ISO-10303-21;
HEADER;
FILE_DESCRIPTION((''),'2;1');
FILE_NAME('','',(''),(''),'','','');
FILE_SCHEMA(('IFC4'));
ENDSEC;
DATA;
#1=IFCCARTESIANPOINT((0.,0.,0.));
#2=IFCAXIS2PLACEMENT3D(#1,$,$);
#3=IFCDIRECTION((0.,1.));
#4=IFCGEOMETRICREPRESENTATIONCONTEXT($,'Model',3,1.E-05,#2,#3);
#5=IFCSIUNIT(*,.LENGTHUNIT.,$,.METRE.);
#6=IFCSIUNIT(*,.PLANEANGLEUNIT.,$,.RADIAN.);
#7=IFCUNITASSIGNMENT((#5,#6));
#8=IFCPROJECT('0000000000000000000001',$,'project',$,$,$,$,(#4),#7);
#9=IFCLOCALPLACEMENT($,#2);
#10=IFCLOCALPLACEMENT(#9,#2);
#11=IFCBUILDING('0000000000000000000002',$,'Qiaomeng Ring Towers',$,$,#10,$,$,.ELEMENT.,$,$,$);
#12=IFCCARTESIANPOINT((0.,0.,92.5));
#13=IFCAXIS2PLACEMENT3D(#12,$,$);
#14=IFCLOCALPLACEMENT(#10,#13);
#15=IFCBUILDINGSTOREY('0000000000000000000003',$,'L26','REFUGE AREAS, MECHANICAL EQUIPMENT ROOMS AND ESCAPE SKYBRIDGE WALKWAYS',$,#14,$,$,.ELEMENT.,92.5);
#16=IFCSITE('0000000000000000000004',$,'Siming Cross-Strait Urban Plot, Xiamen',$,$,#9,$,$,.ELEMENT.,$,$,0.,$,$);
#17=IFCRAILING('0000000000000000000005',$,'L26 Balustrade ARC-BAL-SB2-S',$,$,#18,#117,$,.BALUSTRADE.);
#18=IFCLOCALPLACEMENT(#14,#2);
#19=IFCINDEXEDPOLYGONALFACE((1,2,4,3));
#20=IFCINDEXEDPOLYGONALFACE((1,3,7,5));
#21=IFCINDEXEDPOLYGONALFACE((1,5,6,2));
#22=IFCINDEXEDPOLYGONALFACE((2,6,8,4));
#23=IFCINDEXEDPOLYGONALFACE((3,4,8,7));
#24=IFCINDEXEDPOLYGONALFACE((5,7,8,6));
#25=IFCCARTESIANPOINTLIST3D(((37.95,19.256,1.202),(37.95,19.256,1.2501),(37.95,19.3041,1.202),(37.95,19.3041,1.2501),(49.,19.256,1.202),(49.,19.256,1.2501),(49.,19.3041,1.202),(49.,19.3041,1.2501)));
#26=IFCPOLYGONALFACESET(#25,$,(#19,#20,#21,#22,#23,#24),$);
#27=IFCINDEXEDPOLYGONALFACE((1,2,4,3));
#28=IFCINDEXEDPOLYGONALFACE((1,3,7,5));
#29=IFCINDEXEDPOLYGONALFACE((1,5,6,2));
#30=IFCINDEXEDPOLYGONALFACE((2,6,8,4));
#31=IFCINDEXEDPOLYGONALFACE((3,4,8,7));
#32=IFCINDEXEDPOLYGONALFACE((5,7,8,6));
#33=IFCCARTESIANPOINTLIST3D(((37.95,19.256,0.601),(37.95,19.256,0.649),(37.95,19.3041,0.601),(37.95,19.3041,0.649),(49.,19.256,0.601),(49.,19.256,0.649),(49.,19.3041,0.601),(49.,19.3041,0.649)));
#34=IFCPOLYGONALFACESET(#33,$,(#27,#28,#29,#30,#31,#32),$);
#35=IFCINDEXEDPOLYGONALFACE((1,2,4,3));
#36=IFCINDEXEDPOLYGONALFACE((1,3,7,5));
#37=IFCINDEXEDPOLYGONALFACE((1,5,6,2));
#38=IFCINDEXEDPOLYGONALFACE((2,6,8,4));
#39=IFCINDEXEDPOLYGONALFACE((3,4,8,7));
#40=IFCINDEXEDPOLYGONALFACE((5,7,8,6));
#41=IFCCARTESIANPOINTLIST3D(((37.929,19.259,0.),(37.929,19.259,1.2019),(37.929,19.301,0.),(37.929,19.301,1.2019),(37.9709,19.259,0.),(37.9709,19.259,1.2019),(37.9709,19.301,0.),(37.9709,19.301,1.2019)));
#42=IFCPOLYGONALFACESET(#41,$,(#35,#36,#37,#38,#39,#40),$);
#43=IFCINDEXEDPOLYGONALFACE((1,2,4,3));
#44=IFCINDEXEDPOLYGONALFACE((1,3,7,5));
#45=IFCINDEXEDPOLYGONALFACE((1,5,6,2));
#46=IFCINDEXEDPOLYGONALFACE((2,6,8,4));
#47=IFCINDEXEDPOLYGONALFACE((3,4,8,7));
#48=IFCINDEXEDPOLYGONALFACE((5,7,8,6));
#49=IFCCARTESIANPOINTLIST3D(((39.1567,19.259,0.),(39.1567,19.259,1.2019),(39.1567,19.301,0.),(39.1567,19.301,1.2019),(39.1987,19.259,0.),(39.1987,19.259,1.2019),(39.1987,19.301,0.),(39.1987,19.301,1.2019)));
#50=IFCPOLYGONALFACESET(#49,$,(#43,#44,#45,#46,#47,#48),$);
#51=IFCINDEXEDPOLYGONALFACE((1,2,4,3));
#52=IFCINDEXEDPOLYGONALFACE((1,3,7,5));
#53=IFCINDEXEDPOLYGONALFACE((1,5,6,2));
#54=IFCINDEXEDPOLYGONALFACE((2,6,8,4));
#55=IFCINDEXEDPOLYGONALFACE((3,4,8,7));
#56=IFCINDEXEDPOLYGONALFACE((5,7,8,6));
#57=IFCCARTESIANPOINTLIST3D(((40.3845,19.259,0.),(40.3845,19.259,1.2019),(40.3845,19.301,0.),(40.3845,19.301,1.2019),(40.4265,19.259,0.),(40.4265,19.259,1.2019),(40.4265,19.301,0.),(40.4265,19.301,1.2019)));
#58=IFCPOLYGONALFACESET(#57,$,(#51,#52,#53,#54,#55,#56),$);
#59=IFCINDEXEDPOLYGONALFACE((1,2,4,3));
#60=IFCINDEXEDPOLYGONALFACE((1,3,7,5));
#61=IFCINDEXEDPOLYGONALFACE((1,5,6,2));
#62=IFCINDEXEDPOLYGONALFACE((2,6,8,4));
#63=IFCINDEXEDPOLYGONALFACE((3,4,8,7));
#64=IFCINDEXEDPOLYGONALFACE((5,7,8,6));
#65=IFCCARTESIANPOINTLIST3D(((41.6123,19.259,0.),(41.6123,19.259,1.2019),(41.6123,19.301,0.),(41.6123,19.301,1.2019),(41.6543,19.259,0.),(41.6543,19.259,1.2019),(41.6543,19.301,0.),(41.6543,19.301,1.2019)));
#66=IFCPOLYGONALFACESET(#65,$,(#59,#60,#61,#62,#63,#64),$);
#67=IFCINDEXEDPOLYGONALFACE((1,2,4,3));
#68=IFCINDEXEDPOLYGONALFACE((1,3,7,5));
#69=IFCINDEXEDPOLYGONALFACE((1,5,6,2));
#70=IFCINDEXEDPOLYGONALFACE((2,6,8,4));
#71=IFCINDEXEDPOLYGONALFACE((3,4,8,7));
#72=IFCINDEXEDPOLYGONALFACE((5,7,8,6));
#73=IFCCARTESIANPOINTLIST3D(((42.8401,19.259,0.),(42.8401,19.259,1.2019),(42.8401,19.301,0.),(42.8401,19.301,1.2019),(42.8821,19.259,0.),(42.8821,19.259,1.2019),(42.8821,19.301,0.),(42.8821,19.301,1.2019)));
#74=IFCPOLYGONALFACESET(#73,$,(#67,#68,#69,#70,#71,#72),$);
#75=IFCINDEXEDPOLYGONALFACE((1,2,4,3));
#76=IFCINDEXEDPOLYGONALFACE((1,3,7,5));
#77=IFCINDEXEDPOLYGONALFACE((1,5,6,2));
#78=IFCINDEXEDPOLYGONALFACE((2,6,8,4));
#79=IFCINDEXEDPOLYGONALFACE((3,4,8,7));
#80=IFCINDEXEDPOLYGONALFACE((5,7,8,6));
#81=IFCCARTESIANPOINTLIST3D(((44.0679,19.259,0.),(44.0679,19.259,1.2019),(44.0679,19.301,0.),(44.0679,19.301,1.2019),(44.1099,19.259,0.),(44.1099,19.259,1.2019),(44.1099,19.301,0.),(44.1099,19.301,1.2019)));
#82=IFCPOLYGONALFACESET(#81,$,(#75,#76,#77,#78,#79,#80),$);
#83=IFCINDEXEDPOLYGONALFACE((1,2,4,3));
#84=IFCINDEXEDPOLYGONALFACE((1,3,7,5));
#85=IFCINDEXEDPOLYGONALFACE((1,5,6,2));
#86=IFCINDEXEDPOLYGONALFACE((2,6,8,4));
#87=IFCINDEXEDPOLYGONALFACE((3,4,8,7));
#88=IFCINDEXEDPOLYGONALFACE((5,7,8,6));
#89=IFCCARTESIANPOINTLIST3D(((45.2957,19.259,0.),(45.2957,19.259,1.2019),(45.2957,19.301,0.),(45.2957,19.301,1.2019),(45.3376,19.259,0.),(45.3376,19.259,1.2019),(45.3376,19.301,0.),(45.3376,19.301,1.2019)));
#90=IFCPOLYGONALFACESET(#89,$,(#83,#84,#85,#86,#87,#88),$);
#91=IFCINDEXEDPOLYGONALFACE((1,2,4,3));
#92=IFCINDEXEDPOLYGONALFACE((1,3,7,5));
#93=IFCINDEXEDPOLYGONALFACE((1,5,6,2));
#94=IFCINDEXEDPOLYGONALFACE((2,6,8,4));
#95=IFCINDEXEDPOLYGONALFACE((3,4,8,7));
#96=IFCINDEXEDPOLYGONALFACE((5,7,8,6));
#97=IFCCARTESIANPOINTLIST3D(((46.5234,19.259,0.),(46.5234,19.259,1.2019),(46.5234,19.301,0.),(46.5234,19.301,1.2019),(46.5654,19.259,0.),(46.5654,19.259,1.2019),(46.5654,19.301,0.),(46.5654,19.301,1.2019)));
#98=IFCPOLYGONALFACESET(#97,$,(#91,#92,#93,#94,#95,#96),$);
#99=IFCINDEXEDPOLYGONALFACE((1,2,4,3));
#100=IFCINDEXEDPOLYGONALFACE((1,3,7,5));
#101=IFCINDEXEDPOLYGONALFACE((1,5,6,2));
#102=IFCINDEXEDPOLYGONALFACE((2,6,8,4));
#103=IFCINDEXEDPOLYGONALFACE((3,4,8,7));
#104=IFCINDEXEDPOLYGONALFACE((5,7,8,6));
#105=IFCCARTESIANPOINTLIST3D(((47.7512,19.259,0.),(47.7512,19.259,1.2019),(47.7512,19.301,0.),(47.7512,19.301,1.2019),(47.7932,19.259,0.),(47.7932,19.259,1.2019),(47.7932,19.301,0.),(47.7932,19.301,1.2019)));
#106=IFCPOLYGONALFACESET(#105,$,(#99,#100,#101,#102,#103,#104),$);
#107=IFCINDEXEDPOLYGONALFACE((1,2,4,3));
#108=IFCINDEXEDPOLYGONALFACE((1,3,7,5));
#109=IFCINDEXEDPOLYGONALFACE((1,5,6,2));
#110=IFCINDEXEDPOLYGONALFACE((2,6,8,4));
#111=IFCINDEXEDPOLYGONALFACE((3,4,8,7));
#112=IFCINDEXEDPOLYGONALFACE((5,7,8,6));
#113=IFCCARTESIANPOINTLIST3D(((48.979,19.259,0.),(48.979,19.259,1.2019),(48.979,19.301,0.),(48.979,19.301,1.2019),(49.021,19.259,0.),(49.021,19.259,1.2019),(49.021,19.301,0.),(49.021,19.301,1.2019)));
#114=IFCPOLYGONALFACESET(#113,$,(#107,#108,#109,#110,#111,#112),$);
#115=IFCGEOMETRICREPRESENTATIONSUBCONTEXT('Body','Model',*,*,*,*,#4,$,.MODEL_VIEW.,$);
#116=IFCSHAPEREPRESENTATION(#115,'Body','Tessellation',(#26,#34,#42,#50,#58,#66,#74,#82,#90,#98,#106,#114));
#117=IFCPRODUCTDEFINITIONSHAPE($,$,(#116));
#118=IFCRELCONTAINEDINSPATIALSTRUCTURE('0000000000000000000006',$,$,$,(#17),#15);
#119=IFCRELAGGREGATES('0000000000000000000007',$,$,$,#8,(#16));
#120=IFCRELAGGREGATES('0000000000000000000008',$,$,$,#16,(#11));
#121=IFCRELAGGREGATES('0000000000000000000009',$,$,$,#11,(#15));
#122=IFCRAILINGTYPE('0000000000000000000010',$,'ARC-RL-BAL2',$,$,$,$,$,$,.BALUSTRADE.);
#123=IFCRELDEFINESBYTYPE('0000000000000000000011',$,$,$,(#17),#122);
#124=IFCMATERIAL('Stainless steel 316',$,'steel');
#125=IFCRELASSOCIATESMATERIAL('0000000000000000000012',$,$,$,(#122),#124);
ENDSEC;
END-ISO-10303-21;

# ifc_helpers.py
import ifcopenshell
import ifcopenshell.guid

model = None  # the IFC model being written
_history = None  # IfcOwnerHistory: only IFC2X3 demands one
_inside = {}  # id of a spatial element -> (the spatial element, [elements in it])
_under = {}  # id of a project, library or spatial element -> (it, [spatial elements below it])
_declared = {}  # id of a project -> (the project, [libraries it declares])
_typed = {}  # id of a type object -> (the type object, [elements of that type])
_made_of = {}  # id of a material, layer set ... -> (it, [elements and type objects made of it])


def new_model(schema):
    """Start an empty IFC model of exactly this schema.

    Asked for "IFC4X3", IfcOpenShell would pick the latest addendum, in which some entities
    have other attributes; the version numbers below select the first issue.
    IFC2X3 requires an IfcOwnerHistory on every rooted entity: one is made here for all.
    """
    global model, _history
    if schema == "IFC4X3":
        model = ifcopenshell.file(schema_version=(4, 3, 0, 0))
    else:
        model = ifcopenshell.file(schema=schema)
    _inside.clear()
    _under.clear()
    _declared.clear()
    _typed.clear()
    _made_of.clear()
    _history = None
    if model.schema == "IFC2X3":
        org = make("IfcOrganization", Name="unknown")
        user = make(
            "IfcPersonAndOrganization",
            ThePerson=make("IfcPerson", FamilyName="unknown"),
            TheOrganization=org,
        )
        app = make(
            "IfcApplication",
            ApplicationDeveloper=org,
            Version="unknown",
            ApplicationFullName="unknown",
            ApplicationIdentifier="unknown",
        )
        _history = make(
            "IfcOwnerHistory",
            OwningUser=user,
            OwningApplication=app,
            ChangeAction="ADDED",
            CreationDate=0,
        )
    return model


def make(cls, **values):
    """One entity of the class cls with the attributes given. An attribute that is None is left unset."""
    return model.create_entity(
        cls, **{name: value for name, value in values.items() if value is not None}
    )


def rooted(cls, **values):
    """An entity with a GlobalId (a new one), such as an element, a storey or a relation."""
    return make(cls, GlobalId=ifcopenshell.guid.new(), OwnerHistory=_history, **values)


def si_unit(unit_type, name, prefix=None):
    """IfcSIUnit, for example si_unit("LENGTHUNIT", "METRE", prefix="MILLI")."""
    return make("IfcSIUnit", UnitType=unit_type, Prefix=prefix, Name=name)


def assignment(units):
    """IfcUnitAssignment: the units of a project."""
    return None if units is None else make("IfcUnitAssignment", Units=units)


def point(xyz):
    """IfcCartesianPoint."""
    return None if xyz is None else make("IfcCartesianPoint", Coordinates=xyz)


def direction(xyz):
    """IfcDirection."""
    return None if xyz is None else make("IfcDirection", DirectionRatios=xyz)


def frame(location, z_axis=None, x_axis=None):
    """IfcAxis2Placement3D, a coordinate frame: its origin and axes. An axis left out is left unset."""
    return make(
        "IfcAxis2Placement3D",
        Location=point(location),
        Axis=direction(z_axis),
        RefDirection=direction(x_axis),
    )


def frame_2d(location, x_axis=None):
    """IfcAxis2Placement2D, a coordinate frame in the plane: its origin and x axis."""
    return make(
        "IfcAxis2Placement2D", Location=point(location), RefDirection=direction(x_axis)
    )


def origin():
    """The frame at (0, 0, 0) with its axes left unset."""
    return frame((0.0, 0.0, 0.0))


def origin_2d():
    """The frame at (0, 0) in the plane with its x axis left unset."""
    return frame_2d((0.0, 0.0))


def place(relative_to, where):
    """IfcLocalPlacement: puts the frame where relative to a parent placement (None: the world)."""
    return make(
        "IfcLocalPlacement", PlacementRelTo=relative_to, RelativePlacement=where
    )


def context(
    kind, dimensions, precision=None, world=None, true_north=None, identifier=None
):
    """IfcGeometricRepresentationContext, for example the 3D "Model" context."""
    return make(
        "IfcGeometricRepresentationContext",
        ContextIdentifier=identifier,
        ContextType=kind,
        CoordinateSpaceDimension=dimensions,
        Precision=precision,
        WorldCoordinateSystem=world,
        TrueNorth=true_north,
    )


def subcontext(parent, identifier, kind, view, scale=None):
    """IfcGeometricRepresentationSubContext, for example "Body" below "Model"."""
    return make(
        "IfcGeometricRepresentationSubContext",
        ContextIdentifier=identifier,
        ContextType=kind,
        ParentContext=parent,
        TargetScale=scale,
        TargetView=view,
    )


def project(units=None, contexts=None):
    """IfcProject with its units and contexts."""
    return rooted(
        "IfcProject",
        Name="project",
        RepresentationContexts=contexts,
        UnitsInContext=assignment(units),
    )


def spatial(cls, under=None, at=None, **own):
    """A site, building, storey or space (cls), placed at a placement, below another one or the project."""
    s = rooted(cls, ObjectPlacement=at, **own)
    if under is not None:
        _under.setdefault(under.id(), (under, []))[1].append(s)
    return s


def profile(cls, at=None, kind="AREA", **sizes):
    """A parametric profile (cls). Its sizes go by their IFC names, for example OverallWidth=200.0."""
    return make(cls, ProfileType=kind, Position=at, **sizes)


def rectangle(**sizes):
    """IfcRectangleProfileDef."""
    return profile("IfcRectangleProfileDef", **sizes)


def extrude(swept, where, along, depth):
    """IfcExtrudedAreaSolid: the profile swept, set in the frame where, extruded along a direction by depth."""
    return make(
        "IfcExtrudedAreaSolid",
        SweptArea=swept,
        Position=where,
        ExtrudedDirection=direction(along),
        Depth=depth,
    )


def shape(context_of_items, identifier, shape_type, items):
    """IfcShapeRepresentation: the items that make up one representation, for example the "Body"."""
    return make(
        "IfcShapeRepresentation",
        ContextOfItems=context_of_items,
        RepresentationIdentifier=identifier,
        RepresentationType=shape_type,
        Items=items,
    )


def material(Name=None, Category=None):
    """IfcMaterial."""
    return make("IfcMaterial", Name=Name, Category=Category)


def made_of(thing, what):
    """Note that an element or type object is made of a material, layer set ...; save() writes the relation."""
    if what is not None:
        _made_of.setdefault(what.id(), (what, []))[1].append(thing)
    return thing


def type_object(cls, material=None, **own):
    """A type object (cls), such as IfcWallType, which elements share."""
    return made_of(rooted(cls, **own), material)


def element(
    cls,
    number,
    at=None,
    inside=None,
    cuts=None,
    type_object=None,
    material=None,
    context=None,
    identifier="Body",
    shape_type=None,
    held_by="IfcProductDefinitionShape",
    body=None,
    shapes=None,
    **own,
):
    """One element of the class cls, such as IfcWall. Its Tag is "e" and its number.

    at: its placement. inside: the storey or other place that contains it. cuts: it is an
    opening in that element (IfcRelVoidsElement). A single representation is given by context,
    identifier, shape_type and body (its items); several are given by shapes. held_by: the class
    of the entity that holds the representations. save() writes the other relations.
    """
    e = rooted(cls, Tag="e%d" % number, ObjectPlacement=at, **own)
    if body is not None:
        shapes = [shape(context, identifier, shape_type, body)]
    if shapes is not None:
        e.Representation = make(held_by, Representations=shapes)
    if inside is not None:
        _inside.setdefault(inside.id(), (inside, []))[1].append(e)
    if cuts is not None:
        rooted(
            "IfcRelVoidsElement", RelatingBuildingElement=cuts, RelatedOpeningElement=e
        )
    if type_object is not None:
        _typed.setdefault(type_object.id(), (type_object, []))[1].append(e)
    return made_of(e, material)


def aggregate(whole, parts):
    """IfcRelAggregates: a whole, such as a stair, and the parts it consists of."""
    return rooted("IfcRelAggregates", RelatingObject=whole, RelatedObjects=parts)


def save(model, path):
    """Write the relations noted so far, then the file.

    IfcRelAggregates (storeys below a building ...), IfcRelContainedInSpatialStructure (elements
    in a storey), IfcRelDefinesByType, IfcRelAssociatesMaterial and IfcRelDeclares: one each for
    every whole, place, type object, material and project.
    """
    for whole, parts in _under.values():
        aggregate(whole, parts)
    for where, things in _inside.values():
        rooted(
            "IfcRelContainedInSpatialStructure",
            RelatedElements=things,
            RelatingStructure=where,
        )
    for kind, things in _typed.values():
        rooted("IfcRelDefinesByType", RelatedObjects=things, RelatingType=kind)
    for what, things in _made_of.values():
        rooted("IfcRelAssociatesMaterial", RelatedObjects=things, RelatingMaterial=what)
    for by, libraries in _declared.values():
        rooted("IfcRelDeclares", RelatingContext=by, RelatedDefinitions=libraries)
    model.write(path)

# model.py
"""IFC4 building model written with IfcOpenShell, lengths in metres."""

from ifc_helpers import new_model, si_unit, direction, frame, origin, origin_2d, place, context, subcontext, project, spatial, rectangle, extrude, material, type_object, element, save


model = new_model("IFC4")

# Units and contexts
model_context = context("Model", 3, precision=1e-05, world=origin(), true_north=direction((0.0, 1.0)))
body_context = subcontext(model_context, "Body", "Model", "MODEL_VIEW")
ifc_project = project(units=[si_unit("LENGTHUNIT", "METRE"), si_unit("PLANEANGLEUNIT", "RADIAN")], contexts=[model_context])

# Site, building, storey
site_placement = place(None, origin())
site = spatial("IfcSite", under=ifc_project, at=site_placement, Name="Siming Cross-Strait Urban Plot, Xiamen", CompositionType="ELEMENT", RefElevation=0.0)
building_placement = place(site_placement, origin())
building = spatial("IfcBuilding", under=site, at=building_placement, Name="Qiaomeng Ring Towers", CompositionType="ELEMENT")
storey_placement = place(building_placement, frame((0.0, 0.0, 92.5)))
storey = spatial("IfcBuildingStorey", under=building, at=storey_placement, Name="L26", Description="REFUGE AREAS, MECHANICAL EQUIPMENT ROOMS AND ESCAPE SKYBRIDGE WALKWAYS", CompositionType="ELEMENT", Elevation=92.5)

# Railing
ifc_material_1 = material(Name="Stainless steel 316", Category="steel")
railing_type = type_object("IfcRailingType", Name="ARC-RL-BAL2", PredefinedType="BALUSTRADE", material=ifc_material_1)
railing_1_placement = place(storey_placement, frame((37.95, 19.28, 0.0)))
element("IfcRailing", 1, at=railing_1_placement, inside=storey, type_object=railing_type, Name="L26 Balustrade ARC-BAL-SB2-S", PredefinedType="BALUSTRADE", context=body_context, shape_type="SweptSolid", body=[
    extrude(rectangle(XDim=0.0481, YDim=0.0481, at=origin_2d()), frame((0.0, 0.0, 1.2261), z_axis=(1.0, 0.0, 0.0), x_axis=(0.0, 1.0, 0.0)), (0.0, 0.0, 1.0), 11.05),
    extrude(rectangle(XDim=0.0481, YDim=0.0481, at=origin_2d()), frame((0.0, 0.0, 0.625), z_axis=(1.0, 0.0, 0.0), x_axis=(0.0, 1.0, 0.0)), (0.0, 0.0, 1.0), 11.05),
    extrude(rectangle(XDim=0.042, YDim=0.042, at=origin_2d()), origin(), (0.0, 0.0, 1.0), 1.2019),
    extrude(rectangle(XDim=0.042, YDim=0.042, at=origin_2d()), frame((1.2278, 0.0, 0.0)), (0.0, 0.0, 1.0), 1.2019),
    extrude(rectangle(XDim=0.042, YDim=0.042, at=origin_2d()), frame((2.4556, 0.0, 0.0)), (0.0, 0.0, 1.0), 1.2019),
    extrude(rectangle(XDim=0.042, YDim=0.042, at=origin_2d()), frame((3.6833, 0.0, 0.0)), (0.0, 0.0, 1.0), 1.2019),
    extrude(rectangle(XDim=0.042, YDim=0.042, at=origin_2d()), frame((4.9111, 0.0, 0.0)), (0.0, 0.0, 1.0), 1.2019),
    extrude(rectangle(XDim=0.042, YDim=0.042, at=origin_2d()), frame((6.1389, 0.0, 0.0)), (0.0, 0.0, 1.0), 1.2019),
    extrude(rectangle(XDim=0.042, YDim=0.042, at=origin_2d()), frame((7.3667, 0.0, 0.0)), (0.0, 0.0, 1.0), 1.2019),
    extrude(rectangle(XDim=0.042, YDim=0.042, at=origin_2d()), frame((8.5945, 0.0, 0.0)), (0.0, 0.0, 1.0), 1.2019),
    extrude(rectangle(XDim=0.042, YDim=0.042, at=origin_2d()), frame((9.8223, 0.0, 0.0)), (0.0, 0.0, 1.0), 1.2019),
    extrude(rectangle(XDim=0.042, YDim=0.042, at=origin_2d()), frame((11.05, 0.0, 0.0)), (0.0, 0.0, 1.0), 1.2019),
])

save(model, "model.ifc")
